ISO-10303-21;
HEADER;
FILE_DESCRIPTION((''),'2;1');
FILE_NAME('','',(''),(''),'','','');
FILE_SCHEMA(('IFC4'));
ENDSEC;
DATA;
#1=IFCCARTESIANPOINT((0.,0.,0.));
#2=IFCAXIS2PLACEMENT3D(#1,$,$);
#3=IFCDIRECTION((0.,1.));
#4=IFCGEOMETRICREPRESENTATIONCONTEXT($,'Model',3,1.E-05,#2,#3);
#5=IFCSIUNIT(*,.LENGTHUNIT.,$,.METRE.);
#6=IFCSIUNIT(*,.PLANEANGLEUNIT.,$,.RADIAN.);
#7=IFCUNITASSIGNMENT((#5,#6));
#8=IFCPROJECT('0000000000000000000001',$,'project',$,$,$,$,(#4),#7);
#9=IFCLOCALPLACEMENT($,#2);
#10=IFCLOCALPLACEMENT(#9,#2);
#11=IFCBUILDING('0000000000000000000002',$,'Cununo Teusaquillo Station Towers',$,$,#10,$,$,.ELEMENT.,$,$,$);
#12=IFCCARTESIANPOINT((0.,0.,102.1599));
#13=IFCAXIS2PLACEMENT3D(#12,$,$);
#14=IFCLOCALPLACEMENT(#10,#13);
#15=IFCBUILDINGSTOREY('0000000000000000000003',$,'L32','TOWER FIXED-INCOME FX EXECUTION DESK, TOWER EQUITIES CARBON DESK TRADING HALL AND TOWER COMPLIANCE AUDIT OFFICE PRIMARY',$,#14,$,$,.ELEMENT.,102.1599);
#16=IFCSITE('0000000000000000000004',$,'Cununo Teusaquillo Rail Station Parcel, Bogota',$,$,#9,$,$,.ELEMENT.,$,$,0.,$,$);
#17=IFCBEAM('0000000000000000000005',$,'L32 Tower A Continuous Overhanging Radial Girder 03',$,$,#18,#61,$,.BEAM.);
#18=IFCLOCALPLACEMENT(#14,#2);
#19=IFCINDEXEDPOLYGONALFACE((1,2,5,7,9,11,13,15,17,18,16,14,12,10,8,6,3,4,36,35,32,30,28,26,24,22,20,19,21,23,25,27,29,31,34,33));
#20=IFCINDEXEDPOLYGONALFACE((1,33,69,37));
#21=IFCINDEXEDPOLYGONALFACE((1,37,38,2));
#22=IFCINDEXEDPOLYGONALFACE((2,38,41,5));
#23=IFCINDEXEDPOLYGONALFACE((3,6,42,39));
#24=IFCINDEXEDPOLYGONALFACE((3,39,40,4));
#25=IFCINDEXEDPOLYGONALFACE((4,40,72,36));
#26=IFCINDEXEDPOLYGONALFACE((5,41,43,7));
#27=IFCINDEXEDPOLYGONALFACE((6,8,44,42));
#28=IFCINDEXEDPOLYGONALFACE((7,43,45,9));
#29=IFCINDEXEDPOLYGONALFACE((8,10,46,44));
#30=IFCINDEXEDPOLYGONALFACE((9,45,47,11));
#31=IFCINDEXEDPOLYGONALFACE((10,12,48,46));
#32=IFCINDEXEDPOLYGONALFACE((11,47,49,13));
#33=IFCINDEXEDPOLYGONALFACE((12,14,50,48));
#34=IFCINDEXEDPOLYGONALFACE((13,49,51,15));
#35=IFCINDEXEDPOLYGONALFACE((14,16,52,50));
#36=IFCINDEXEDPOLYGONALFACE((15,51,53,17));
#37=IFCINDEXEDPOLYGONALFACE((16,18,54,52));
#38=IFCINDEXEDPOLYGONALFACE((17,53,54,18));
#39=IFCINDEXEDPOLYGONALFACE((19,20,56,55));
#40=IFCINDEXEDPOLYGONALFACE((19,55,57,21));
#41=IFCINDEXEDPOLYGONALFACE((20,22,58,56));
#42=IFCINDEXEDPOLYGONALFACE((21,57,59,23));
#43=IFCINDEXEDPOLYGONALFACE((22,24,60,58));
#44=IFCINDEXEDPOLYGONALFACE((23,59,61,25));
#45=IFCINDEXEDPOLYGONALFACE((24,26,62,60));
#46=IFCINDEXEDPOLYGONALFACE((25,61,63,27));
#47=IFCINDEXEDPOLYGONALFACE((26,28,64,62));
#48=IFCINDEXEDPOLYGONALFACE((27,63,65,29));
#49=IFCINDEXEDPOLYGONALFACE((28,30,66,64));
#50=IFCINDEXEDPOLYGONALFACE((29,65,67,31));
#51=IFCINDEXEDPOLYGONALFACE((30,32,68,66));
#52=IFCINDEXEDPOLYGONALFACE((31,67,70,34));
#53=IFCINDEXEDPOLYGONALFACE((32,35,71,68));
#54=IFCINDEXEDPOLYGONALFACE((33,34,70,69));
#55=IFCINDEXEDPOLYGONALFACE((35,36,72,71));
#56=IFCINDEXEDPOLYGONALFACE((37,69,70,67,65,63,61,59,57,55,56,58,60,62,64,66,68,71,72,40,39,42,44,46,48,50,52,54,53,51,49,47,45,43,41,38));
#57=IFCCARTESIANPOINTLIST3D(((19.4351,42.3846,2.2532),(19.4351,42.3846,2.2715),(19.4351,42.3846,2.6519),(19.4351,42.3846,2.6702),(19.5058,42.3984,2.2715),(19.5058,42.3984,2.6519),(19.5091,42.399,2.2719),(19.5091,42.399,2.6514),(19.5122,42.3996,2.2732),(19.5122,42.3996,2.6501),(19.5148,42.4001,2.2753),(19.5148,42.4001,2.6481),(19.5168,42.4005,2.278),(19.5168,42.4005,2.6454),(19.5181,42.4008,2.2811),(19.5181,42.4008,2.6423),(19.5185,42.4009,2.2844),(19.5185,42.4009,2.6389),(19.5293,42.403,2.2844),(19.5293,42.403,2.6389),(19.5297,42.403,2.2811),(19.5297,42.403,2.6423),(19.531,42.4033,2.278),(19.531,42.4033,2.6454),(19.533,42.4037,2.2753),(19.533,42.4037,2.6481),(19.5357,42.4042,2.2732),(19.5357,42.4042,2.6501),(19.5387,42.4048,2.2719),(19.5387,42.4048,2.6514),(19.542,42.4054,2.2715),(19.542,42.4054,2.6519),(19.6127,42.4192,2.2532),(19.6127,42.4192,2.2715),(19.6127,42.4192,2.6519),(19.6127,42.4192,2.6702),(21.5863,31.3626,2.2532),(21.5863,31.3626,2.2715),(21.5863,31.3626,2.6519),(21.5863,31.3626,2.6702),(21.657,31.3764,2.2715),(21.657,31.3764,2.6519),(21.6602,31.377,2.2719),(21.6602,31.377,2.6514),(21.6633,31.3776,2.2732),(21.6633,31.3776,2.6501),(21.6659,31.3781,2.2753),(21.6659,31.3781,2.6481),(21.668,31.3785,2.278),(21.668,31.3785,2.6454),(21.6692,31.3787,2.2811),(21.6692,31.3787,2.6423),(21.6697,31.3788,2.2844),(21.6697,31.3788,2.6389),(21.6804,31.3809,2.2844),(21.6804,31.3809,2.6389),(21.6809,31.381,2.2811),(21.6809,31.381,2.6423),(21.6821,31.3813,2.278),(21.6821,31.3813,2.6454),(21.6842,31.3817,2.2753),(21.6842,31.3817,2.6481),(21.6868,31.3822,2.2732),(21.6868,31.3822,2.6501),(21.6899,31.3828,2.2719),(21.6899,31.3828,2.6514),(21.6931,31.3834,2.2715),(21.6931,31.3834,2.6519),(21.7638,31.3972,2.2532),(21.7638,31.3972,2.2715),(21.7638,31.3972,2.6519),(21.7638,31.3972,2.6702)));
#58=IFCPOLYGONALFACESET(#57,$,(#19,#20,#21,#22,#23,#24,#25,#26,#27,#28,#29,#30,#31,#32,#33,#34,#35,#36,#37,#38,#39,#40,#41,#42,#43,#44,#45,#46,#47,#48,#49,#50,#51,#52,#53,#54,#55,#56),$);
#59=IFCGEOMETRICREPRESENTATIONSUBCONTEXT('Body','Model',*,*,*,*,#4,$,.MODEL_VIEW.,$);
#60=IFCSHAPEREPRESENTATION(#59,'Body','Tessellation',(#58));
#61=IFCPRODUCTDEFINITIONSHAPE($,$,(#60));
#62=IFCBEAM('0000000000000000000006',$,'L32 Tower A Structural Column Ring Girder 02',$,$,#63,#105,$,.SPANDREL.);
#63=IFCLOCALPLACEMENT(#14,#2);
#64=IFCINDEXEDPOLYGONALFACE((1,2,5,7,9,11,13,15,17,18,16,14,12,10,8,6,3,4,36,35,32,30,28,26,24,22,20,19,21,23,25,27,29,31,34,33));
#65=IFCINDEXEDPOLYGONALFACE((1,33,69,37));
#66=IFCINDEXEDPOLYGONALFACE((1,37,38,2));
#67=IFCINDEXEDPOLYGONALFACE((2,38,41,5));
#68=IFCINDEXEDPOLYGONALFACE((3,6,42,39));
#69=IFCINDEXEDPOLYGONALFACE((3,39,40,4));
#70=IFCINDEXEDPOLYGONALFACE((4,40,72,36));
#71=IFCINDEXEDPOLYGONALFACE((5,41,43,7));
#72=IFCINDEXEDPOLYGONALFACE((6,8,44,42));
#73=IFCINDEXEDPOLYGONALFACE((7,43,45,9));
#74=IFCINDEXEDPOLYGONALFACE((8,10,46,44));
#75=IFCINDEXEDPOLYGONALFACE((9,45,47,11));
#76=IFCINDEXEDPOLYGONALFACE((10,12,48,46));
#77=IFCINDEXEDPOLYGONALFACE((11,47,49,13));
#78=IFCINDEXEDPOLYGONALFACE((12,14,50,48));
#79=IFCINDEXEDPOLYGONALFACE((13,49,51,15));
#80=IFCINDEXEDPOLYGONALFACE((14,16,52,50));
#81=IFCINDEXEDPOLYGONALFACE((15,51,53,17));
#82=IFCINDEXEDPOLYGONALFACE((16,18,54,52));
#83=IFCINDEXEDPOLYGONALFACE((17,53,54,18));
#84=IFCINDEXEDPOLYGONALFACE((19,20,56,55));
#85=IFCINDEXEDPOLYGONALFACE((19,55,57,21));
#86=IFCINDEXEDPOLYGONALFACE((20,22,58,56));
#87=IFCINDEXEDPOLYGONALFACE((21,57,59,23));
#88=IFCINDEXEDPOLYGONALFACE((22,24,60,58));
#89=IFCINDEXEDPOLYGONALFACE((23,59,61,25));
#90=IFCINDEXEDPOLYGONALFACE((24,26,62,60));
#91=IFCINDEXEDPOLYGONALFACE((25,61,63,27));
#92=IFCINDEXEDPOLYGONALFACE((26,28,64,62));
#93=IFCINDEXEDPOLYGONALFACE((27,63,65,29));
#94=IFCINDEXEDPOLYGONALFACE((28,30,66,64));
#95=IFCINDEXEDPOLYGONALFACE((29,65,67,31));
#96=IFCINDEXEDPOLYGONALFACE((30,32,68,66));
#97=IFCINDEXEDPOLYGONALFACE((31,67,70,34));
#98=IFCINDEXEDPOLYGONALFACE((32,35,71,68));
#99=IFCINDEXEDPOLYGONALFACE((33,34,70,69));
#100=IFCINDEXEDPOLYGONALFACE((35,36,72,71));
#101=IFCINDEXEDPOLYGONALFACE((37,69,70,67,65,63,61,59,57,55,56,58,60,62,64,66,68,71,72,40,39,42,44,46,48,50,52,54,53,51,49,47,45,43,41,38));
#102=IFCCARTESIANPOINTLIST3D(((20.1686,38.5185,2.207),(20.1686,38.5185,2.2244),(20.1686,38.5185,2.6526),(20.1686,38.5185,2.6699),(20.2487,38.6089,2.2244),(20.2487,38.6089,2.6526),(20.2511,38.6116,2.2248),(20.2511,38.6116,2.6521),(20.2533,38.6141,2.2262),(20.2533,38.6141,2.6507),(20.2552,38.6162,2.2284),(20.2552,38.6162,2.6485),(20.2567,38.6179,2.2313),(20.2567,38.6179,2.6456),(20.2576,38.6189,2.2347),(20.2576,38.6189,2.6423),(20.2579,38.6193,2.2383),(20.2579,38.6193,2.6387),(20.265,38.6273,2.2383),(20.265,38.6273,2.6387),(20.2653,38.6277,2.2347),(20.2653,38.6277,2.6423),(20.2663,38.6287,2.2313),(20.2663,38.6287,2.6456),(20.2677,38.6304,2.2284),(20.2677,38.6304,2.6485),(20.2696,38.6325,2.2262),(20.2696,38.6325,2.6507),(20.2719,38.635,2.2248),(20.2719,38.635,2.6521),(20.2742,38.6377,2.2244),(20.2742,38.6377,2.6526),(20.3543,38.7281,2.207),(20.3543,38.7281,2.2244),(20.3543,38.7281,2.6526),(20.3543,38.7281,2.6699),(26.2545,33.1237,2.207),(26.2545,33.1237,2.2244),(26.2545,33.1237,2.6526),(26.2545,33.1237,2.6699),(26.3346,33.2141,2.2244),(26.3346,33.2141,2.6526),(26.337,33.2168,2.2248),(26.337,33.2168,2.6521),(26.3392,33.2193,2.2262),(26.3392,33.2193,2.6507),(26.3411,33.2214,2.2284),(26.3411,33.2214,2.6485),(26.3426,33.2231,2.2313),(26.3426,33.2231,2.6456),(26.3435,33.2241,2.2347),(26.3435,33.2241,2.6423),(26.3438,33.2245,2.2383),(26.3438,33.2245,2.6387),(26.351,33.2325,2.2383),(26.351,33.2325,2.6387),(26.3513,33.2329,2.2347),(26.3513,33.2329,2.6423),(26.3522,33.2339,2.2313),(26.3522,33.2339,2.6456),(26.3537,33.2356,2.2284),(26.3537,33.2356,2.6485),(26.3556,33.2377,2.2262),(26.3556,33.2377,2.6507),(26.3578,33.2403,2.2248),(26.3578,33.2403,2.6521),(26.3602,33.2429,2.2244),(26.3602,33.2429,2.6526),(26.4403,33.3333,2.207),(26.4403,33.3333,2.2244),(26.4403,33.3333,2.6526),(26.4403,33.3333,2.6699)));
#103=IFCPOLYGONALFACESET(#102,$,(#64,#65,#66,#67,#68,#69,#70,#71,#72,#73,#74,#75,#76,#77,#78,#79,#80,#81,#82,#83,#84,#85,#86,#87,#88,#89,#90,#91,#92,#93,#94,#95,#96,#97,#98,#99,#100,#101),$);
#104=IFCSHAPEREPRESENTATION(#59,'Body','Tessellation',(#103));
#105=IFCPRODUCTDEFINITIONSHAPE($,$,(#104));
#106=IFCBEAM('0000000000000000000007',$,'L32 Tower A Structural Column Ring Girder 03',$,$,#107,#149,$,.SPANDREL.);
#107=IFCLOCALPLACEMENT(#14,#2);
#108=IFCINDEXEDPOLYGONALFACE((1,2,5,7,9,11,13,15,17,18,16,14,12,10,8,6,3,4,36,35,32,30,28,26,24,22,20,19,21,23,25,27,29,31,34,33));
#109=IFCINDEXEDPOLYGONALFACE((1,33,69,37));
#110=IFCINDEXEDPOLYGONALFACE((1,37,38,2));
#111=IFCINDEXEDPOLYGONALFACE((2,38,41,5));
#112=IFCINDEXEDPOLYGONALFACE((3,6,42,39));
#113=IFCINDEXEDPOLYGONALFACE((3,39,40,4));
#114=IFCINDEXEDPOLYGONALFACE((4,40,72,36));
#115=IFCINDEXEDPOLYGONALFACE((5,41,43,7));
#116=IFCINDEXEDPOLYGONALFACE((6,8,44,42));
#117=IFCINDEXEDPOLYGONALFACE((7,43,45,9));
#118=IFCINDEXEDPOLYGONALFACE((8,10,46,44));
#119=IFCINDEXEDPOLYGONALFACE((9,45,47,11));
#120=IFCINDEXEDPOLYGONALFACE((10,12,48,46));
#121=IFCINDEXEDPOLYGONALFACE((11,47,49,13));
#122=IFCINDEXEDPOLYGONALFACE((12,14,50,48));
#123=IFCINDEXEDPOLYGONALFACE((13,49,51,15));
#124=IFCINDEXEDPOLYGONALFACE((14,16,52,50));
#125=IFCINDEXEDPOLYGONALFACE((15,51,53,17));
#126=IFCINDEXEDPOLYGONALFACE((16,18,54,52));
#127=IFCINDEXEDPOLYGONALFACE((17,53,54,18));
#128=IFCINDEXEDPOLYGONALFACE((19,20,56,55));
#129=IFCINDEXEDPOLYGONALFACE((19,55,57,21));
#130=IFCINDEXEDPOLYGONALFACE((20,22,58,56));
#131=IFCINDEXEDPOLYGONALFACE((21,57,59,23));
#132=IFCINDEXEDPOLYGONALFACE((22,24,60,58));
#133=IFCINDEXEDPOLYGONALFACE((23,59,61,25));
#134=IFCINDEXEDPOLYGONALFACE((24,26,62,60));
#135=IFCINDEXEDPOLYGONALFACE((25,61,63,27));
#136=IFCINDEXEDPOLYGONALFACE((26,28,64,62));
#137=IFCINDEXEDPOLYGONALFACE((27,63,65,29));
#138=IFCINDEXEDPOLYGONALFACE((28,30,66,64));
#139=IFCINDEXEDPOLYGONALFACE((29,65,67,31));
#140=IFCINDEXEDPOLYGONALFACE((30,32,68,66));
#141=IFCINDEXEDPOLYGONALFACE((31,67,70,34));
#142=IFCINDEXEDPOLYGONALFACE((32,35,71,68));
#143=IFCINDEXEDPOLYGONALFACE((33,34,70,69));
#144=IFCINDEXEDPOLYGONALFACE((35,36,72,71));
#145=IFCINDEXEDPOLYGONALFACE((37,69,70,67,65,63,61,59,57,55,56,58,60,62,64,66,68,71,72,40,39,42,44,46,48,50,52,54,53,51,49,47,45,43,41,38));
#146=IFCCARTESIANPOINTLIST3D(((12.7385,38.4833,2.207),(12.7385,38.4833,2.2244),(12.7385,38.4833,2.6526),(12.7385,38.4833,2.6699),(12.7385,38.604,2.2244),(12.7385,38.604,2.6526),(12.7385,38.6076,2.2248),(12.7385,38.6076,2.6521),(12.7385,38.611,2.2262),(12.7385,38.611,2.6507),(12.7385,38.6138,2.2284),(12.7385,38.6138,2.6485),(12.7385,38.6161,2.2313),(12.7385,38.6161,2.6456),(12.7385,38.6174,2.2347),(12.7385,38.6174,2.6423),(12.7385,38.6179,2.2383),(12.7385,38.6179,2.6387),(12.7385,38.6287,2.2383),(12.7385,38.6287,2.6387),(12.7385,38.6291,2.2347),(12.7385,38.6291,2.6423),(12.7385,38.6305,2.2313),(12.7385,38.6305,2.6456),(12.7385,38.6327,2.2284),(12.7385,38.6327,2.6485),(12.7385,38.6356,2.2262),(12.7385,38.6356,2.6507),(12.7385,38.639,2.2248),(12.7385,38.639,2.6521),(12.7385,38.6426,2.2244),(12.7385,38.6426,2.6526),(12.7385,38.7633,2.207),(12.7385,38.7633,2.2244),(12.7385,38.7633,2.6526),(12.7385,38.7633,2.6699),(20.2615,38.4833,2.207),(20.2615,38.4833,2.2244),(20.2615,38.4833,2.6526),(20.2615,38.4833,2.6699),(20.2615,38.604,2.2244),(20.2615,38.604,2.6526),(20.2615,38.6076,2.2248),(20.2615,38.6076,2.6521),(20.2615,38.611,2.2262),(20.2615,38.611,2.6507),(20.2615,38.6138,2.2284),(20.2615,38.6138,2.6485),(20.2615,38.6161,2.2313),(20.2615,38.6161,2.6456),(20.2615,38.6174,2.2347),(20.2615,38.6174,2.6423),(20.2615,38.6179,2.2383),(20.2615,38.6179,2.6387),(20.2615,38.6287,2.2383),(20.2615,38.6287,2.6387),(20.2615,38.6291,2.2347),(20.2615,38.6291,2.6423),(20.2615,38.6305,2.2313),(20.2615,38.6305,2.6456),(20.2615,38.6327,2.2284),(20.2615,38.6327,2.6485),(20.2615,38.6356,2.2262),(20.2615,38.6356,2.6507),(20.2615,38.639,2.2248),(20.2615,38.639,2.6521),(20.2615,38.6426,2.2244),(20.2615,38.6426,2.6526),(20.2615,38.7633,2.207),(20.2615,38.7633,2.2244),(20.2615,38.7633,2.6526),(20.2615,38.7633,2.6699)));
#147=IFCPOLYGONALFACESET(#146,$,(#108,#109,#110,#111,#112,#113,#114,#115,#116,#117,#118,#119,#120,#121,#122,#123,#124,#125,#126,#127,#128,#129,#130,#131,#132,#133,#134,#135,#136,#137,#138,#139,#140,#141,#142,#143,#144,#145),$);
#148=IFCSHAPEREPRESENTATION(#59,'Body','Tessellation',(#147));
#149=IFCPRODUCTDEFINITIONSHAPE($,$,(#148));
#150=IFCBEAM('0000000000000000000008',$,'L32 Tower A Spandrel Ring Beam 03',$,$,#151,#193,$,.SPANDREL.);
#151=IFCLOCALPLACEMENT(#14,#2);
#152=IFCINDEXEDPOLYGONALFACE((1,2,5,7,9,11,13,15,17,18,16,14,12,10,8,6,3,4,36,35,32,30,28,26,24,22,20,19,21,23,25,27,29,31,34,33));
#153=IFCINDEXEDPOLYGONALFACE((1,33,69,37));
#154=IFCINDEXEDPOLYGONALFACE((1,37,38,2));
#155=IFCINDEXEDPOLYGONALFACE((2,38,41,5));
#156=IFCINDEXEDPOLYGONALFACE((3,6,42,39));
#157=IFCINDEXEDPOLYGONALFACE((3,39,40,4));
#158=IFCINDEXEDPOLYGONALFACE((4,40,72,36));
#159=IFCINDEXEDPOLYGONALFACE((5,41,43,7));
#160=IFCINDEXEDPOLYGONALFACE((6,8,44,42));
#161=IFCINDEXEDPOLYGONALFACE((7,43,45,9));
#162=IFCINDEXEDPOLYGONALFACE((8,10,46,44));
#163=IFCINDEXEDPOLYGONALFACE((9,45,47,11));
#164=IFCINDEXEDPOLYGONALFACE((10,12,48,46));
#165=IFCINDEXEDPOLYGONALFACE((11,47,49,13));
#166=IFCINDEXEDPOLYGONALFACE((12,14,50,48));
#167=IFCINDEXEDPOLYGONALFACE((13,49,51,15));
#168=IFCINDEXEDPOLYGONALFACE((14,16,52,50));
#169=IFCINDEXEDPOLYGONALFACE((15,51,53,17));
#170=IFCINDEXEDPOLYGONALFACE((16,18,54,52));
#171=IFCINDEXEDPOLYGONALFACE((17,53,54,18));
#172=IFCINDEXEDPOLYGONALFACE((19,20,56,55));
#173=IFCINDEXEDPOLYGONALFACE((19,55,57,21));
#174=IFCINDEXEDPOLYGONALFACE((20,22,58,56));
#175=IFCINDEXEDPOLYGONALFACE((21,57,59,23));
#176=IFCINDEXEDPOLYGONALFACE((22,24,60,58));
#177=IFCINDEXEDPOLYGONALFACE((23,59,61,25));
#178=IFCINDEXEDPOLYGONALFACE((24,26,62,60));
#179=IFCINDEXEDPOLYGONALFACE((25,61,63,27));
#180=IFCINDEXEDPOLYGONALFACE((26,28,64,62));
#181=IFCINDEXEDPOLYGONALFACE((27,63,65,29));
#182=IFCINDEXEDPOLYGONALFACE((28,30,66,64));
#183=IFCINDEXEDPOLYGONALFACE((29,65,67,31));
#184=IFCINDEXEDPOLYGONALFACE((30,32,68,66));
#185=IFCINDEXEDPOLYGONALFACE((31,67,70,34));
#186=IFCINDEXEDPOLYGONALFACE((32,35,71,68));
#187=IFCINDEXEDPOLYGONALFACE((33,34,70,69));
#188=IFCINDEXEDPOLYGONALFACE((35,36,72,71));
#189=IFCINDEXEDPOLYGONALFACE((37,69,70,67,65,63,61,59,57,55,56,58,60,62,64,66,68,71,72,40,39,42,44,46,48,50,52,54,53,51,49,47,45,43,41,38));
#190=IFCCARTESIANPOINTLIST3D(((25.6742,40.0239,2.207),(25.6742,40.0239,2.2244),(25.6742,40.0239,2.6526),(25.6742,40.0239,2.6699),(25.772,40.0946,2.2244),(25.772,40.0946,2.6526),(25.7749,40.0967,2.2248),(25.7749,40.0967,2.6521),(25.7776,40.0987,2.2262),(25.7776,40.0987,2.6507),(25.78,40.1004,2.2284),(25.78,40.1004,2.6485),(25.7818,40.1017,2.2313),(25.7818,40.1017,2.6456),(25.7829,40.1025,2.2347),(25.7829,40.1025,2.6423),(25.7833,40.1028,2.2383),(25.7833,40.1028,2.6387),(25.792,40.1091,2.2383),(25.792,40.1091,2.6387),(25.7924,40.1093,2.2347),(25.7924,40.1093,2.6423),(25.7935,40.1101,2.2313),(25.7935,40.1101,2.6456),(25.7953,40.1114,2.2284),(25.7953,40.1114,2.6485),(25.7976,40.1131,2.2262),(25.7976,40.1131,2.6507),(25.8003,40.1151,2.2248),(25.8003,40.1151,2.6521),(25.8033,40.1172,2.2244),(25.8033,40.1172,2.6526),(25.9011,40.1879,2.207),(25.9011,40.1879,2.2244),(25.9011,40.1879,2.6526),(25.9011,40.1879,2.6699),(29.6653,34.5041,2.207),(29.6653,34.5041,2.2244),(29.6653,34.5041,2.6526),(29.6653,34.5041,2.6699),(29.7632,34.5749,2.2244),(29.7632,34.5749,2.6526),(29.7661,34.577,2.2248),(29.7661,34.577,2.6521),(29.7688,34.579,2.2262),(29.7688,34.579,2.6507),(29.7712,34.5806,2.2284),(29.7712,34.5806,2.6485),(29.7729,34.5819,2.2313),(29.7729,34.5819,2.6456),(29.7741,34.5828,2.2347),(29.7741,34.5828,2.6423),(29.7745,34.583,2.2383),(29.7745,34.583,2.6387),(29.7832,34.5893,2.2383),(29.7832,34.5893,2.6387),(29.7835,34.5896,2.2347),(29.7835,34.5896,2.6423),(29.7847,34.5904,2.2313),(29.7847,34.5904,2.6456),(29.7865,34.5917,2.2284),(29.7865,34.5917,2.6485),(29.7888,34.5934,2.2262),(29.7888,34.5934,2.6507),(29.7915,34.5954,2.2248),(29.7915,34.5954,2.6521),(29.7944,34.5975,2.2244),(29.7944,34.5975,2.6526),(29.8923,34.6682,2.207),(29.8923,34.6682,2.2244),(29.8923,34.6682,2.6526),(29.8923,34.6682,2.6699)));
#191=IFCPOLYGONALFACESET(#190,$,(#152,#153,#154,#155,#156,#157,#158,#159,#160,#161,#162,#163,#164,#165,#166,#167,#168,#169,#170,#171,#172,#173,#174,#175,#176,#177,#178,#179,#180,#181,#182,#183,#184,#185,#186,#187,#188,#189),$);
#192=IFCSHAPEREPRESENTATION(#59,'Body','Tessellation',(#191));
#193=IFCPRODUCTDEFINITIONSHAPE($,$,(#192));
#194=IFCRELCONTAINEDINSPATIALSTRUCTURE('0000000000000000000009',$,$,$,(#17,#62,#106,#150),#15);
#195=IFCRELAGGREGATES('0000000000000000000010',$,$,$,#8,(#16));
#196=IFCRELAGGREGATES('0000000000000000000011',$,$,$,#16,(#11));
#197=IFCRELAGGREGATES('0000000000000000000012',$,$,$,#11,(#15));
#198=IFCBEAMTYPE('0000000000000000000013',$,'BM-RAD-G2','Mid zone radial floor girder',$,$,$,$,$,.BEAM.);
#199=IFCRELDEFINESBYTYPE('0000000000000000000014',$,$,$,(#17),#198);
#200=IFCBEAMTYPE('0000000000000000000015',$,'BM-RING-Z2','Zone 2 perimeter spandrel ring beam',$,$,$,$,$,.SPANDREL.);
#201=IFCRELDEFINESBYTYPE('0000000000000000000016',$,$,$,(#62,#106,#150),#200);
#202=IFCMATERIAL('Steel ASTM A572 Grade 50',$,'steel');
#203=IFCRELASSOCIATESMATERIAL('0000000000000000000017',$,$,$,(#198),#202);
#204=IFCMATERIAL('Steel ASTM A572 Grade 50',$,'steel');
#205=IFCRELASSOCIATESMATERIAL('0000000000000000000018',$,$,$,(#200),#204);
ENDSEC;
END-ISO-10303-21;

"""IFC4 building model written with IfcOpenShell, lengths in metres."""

from ifc_helpers import new_model, si_unit, direction, frame, origin, origin_2d, place, context, subcontext, project, spatial, i_section, extrude, material, material_profile, profile_set, type_object, element, save


model = new_model("IFC4")

# Units and contexts
model_context = context("Model", 3, precision=1e-05, world=origin(), true_north=direction((0.0, 1.0)))
body_context = subcontext(model_context, "Body", "Model", "MODEL_VIEW")
ifc_project = project(units=[si_unit("LENGTHUNIT", "METRE"), si_unit("PLANEANGLEUNIT", "RADIAN")], contexts=[model_context])

# Site, building, storey
site_placement = place(None, origin())
site = spatial("IfcSite", under=ifc_project, at=site_placement, Name="Cununo Teusaquillo Rail Station Parcel, Bogota", CompositionType="ELEMENT", RefElevation=0.0)
building_placement = place(site_placement, origin())
building = spatial("IfcBuilding", under=site, at=building_placement, Name="Cununo Teusaquillo Station Towers", CompositionType="ELEMENT")
storey_placement = place(building_placement, frame((0.0, 0.0, 102.1599)))
storey = spatial("IfcBuildingStorey", under=building, at=storey_placement, Name="L32", Description="TOWER FIXED-INCOME FX EXECUTION DESK, TOWER EQUITIES CARBON DESK TRADING HALL AND TOWER COMPLIANCE AUDIT OFFICE PRIMARY", CompositionType="ELEMENT", Elevation=102.1599)

# Beams
ifc_material_1 = material(Name="Steel ASTM A572 Grade 50", Category="steel")
ifc_material_profile_1 = material_profile(ifc_material_1, i_section(OverallWidth=0.1809, OverallDepth=0.417, WebThickness=0.011, FlangeThickness=0.0183, FilletRadius=0.0129, at=origin_2d()), Name="W16X57")
ifc_profile_set_1 = profile_set([ifc_material_profile_1], Name="Steel ASTM A572 Grade 50")
beam_type_1 = type_object("IfcBeamType", Name="BM-RAD-G2", Description="Mid zone radial floor girder", PredefinedType="BEAM", material=ifc_profile_set_1)
beam_1_placement = place(storey_placement, frame((21.675, 31.3799, 2.4617), z_axis=(-0.191553, 0.981482, 0.0), x_axis=(-0.981482, -0.191553, 0.0)))
element("IfcBeam", 1, at=beam_1_placement, inside=storey, type_object=beam_type_1, Name="L32 Tower A Continuous Overhanging Radial Girder 03", PredefinedType="BEAM", context=body_context, shape_type="SweptSolid", body=[
    extrude(i_section(OverallWidth=0.1809, OverallDepth=0.417, WebThickness=0.011, FlangeThickness=0.0183, FilletRadius=0.0129, at=origin_2d()), origin(), (0.0, 0.0, 1.0), 11.23),
])
ifc_material_2 = material(Name="Steel ASTM A572 Grade 50", Category="steel")
ifc_material_profile_2 = material_profile(ifc_material_2, i_section(OverallWidth=0.28, OverallDepth=0.4629, WebThickness=0.0107, FlangeThickness=0.0173, FilletRadius=0.0139, at=origin_2d()), Name="W18X76")
ifc_profile_set_2 = profile_set([ifc_material_profile_2], Name="Steel ASTM A572 Grade 50")
beam_type_2 = type_object("IfcBeamType", Name="BM-RING-Z2", Description="Zone 2 perimeter spandrel ring beam", PredefinedType="SPANDREL", material=ifc_profile_set_2)
beam_2_placement = place(storey_placement, frame((26.3474, 33.2285, 2.4385), z_axis=(-0.748321, 0.663337, 0.0), x_axis=(-0.663337, -0.748321, 0.0)))
element("IfcBeam", 2, at=beam_2_placement, inside=storey, type_object=beam_type_2, Name="L32 Tower A Structural Column Ring Girder 02", PredefinedType="SPANDREL", context=body_context, shape_type="SweptSolid", body=[
    extrude(i_section(OverallWidth=0.28, OverallDepth=0.4629, WebThickness=0.0107, FlangeThickness=0.0173, FilletRadius=0.0139, at=origin_2d()), origin(), (0.0, 0.0, 1.0), 8.1328),
])
beam_3_placement = place(storey_placement, frame((20.2615, 38.6233, 2.4385), z_axis=(-1.0, 0.0, 0.0), x_axis=(0.0, -1.0, 0.0)))
element("IfcBeam", 3, at=beam_3_placement, inside=storey, type_object=beam_type_2, Name="L32 Tower A Structural Column Ring Girder 03", PredefinedType="SPANDREL", context=body_context, shape_type="SweptSolid", body=[
    extrude(i_section(OverallWidth=0.28, OverallDepth=0.4629, WebThickness=0.0107, FlangeThickness=0.0173, FilletRadius=0.0139, at=origin_2d()), origin(), (0.0, 0.0, 1.0), 7.5229),
])
beam_4_placement = place(storey_placement, frame((29.7788, 34.5862, 2.4385), z_axis=(-0.585945, 0.810351, 0.0), x_axis=(-0.810351, -0.585945, 0.0)))
element("IfcBeam", 4, at=beam_4_placement, inside=storey, type_object=beam_type_2, Name="L32 Tower A Spandrel Ring Beam 03", PredefinedType="SPANDREL", context=body_context, shape_type="SweptSolid", body=[
    extrude(i_section(OverallWidth=0.28, OverallDepth=0.4629, WebThickness=0.0107, FlangeThickness=0.0173, FilletRadius=0.0139, at=origin_2d()), origin(), (0.0, 0.0, 1.0), 6.8115),
])

save(model, "model.ifc")
